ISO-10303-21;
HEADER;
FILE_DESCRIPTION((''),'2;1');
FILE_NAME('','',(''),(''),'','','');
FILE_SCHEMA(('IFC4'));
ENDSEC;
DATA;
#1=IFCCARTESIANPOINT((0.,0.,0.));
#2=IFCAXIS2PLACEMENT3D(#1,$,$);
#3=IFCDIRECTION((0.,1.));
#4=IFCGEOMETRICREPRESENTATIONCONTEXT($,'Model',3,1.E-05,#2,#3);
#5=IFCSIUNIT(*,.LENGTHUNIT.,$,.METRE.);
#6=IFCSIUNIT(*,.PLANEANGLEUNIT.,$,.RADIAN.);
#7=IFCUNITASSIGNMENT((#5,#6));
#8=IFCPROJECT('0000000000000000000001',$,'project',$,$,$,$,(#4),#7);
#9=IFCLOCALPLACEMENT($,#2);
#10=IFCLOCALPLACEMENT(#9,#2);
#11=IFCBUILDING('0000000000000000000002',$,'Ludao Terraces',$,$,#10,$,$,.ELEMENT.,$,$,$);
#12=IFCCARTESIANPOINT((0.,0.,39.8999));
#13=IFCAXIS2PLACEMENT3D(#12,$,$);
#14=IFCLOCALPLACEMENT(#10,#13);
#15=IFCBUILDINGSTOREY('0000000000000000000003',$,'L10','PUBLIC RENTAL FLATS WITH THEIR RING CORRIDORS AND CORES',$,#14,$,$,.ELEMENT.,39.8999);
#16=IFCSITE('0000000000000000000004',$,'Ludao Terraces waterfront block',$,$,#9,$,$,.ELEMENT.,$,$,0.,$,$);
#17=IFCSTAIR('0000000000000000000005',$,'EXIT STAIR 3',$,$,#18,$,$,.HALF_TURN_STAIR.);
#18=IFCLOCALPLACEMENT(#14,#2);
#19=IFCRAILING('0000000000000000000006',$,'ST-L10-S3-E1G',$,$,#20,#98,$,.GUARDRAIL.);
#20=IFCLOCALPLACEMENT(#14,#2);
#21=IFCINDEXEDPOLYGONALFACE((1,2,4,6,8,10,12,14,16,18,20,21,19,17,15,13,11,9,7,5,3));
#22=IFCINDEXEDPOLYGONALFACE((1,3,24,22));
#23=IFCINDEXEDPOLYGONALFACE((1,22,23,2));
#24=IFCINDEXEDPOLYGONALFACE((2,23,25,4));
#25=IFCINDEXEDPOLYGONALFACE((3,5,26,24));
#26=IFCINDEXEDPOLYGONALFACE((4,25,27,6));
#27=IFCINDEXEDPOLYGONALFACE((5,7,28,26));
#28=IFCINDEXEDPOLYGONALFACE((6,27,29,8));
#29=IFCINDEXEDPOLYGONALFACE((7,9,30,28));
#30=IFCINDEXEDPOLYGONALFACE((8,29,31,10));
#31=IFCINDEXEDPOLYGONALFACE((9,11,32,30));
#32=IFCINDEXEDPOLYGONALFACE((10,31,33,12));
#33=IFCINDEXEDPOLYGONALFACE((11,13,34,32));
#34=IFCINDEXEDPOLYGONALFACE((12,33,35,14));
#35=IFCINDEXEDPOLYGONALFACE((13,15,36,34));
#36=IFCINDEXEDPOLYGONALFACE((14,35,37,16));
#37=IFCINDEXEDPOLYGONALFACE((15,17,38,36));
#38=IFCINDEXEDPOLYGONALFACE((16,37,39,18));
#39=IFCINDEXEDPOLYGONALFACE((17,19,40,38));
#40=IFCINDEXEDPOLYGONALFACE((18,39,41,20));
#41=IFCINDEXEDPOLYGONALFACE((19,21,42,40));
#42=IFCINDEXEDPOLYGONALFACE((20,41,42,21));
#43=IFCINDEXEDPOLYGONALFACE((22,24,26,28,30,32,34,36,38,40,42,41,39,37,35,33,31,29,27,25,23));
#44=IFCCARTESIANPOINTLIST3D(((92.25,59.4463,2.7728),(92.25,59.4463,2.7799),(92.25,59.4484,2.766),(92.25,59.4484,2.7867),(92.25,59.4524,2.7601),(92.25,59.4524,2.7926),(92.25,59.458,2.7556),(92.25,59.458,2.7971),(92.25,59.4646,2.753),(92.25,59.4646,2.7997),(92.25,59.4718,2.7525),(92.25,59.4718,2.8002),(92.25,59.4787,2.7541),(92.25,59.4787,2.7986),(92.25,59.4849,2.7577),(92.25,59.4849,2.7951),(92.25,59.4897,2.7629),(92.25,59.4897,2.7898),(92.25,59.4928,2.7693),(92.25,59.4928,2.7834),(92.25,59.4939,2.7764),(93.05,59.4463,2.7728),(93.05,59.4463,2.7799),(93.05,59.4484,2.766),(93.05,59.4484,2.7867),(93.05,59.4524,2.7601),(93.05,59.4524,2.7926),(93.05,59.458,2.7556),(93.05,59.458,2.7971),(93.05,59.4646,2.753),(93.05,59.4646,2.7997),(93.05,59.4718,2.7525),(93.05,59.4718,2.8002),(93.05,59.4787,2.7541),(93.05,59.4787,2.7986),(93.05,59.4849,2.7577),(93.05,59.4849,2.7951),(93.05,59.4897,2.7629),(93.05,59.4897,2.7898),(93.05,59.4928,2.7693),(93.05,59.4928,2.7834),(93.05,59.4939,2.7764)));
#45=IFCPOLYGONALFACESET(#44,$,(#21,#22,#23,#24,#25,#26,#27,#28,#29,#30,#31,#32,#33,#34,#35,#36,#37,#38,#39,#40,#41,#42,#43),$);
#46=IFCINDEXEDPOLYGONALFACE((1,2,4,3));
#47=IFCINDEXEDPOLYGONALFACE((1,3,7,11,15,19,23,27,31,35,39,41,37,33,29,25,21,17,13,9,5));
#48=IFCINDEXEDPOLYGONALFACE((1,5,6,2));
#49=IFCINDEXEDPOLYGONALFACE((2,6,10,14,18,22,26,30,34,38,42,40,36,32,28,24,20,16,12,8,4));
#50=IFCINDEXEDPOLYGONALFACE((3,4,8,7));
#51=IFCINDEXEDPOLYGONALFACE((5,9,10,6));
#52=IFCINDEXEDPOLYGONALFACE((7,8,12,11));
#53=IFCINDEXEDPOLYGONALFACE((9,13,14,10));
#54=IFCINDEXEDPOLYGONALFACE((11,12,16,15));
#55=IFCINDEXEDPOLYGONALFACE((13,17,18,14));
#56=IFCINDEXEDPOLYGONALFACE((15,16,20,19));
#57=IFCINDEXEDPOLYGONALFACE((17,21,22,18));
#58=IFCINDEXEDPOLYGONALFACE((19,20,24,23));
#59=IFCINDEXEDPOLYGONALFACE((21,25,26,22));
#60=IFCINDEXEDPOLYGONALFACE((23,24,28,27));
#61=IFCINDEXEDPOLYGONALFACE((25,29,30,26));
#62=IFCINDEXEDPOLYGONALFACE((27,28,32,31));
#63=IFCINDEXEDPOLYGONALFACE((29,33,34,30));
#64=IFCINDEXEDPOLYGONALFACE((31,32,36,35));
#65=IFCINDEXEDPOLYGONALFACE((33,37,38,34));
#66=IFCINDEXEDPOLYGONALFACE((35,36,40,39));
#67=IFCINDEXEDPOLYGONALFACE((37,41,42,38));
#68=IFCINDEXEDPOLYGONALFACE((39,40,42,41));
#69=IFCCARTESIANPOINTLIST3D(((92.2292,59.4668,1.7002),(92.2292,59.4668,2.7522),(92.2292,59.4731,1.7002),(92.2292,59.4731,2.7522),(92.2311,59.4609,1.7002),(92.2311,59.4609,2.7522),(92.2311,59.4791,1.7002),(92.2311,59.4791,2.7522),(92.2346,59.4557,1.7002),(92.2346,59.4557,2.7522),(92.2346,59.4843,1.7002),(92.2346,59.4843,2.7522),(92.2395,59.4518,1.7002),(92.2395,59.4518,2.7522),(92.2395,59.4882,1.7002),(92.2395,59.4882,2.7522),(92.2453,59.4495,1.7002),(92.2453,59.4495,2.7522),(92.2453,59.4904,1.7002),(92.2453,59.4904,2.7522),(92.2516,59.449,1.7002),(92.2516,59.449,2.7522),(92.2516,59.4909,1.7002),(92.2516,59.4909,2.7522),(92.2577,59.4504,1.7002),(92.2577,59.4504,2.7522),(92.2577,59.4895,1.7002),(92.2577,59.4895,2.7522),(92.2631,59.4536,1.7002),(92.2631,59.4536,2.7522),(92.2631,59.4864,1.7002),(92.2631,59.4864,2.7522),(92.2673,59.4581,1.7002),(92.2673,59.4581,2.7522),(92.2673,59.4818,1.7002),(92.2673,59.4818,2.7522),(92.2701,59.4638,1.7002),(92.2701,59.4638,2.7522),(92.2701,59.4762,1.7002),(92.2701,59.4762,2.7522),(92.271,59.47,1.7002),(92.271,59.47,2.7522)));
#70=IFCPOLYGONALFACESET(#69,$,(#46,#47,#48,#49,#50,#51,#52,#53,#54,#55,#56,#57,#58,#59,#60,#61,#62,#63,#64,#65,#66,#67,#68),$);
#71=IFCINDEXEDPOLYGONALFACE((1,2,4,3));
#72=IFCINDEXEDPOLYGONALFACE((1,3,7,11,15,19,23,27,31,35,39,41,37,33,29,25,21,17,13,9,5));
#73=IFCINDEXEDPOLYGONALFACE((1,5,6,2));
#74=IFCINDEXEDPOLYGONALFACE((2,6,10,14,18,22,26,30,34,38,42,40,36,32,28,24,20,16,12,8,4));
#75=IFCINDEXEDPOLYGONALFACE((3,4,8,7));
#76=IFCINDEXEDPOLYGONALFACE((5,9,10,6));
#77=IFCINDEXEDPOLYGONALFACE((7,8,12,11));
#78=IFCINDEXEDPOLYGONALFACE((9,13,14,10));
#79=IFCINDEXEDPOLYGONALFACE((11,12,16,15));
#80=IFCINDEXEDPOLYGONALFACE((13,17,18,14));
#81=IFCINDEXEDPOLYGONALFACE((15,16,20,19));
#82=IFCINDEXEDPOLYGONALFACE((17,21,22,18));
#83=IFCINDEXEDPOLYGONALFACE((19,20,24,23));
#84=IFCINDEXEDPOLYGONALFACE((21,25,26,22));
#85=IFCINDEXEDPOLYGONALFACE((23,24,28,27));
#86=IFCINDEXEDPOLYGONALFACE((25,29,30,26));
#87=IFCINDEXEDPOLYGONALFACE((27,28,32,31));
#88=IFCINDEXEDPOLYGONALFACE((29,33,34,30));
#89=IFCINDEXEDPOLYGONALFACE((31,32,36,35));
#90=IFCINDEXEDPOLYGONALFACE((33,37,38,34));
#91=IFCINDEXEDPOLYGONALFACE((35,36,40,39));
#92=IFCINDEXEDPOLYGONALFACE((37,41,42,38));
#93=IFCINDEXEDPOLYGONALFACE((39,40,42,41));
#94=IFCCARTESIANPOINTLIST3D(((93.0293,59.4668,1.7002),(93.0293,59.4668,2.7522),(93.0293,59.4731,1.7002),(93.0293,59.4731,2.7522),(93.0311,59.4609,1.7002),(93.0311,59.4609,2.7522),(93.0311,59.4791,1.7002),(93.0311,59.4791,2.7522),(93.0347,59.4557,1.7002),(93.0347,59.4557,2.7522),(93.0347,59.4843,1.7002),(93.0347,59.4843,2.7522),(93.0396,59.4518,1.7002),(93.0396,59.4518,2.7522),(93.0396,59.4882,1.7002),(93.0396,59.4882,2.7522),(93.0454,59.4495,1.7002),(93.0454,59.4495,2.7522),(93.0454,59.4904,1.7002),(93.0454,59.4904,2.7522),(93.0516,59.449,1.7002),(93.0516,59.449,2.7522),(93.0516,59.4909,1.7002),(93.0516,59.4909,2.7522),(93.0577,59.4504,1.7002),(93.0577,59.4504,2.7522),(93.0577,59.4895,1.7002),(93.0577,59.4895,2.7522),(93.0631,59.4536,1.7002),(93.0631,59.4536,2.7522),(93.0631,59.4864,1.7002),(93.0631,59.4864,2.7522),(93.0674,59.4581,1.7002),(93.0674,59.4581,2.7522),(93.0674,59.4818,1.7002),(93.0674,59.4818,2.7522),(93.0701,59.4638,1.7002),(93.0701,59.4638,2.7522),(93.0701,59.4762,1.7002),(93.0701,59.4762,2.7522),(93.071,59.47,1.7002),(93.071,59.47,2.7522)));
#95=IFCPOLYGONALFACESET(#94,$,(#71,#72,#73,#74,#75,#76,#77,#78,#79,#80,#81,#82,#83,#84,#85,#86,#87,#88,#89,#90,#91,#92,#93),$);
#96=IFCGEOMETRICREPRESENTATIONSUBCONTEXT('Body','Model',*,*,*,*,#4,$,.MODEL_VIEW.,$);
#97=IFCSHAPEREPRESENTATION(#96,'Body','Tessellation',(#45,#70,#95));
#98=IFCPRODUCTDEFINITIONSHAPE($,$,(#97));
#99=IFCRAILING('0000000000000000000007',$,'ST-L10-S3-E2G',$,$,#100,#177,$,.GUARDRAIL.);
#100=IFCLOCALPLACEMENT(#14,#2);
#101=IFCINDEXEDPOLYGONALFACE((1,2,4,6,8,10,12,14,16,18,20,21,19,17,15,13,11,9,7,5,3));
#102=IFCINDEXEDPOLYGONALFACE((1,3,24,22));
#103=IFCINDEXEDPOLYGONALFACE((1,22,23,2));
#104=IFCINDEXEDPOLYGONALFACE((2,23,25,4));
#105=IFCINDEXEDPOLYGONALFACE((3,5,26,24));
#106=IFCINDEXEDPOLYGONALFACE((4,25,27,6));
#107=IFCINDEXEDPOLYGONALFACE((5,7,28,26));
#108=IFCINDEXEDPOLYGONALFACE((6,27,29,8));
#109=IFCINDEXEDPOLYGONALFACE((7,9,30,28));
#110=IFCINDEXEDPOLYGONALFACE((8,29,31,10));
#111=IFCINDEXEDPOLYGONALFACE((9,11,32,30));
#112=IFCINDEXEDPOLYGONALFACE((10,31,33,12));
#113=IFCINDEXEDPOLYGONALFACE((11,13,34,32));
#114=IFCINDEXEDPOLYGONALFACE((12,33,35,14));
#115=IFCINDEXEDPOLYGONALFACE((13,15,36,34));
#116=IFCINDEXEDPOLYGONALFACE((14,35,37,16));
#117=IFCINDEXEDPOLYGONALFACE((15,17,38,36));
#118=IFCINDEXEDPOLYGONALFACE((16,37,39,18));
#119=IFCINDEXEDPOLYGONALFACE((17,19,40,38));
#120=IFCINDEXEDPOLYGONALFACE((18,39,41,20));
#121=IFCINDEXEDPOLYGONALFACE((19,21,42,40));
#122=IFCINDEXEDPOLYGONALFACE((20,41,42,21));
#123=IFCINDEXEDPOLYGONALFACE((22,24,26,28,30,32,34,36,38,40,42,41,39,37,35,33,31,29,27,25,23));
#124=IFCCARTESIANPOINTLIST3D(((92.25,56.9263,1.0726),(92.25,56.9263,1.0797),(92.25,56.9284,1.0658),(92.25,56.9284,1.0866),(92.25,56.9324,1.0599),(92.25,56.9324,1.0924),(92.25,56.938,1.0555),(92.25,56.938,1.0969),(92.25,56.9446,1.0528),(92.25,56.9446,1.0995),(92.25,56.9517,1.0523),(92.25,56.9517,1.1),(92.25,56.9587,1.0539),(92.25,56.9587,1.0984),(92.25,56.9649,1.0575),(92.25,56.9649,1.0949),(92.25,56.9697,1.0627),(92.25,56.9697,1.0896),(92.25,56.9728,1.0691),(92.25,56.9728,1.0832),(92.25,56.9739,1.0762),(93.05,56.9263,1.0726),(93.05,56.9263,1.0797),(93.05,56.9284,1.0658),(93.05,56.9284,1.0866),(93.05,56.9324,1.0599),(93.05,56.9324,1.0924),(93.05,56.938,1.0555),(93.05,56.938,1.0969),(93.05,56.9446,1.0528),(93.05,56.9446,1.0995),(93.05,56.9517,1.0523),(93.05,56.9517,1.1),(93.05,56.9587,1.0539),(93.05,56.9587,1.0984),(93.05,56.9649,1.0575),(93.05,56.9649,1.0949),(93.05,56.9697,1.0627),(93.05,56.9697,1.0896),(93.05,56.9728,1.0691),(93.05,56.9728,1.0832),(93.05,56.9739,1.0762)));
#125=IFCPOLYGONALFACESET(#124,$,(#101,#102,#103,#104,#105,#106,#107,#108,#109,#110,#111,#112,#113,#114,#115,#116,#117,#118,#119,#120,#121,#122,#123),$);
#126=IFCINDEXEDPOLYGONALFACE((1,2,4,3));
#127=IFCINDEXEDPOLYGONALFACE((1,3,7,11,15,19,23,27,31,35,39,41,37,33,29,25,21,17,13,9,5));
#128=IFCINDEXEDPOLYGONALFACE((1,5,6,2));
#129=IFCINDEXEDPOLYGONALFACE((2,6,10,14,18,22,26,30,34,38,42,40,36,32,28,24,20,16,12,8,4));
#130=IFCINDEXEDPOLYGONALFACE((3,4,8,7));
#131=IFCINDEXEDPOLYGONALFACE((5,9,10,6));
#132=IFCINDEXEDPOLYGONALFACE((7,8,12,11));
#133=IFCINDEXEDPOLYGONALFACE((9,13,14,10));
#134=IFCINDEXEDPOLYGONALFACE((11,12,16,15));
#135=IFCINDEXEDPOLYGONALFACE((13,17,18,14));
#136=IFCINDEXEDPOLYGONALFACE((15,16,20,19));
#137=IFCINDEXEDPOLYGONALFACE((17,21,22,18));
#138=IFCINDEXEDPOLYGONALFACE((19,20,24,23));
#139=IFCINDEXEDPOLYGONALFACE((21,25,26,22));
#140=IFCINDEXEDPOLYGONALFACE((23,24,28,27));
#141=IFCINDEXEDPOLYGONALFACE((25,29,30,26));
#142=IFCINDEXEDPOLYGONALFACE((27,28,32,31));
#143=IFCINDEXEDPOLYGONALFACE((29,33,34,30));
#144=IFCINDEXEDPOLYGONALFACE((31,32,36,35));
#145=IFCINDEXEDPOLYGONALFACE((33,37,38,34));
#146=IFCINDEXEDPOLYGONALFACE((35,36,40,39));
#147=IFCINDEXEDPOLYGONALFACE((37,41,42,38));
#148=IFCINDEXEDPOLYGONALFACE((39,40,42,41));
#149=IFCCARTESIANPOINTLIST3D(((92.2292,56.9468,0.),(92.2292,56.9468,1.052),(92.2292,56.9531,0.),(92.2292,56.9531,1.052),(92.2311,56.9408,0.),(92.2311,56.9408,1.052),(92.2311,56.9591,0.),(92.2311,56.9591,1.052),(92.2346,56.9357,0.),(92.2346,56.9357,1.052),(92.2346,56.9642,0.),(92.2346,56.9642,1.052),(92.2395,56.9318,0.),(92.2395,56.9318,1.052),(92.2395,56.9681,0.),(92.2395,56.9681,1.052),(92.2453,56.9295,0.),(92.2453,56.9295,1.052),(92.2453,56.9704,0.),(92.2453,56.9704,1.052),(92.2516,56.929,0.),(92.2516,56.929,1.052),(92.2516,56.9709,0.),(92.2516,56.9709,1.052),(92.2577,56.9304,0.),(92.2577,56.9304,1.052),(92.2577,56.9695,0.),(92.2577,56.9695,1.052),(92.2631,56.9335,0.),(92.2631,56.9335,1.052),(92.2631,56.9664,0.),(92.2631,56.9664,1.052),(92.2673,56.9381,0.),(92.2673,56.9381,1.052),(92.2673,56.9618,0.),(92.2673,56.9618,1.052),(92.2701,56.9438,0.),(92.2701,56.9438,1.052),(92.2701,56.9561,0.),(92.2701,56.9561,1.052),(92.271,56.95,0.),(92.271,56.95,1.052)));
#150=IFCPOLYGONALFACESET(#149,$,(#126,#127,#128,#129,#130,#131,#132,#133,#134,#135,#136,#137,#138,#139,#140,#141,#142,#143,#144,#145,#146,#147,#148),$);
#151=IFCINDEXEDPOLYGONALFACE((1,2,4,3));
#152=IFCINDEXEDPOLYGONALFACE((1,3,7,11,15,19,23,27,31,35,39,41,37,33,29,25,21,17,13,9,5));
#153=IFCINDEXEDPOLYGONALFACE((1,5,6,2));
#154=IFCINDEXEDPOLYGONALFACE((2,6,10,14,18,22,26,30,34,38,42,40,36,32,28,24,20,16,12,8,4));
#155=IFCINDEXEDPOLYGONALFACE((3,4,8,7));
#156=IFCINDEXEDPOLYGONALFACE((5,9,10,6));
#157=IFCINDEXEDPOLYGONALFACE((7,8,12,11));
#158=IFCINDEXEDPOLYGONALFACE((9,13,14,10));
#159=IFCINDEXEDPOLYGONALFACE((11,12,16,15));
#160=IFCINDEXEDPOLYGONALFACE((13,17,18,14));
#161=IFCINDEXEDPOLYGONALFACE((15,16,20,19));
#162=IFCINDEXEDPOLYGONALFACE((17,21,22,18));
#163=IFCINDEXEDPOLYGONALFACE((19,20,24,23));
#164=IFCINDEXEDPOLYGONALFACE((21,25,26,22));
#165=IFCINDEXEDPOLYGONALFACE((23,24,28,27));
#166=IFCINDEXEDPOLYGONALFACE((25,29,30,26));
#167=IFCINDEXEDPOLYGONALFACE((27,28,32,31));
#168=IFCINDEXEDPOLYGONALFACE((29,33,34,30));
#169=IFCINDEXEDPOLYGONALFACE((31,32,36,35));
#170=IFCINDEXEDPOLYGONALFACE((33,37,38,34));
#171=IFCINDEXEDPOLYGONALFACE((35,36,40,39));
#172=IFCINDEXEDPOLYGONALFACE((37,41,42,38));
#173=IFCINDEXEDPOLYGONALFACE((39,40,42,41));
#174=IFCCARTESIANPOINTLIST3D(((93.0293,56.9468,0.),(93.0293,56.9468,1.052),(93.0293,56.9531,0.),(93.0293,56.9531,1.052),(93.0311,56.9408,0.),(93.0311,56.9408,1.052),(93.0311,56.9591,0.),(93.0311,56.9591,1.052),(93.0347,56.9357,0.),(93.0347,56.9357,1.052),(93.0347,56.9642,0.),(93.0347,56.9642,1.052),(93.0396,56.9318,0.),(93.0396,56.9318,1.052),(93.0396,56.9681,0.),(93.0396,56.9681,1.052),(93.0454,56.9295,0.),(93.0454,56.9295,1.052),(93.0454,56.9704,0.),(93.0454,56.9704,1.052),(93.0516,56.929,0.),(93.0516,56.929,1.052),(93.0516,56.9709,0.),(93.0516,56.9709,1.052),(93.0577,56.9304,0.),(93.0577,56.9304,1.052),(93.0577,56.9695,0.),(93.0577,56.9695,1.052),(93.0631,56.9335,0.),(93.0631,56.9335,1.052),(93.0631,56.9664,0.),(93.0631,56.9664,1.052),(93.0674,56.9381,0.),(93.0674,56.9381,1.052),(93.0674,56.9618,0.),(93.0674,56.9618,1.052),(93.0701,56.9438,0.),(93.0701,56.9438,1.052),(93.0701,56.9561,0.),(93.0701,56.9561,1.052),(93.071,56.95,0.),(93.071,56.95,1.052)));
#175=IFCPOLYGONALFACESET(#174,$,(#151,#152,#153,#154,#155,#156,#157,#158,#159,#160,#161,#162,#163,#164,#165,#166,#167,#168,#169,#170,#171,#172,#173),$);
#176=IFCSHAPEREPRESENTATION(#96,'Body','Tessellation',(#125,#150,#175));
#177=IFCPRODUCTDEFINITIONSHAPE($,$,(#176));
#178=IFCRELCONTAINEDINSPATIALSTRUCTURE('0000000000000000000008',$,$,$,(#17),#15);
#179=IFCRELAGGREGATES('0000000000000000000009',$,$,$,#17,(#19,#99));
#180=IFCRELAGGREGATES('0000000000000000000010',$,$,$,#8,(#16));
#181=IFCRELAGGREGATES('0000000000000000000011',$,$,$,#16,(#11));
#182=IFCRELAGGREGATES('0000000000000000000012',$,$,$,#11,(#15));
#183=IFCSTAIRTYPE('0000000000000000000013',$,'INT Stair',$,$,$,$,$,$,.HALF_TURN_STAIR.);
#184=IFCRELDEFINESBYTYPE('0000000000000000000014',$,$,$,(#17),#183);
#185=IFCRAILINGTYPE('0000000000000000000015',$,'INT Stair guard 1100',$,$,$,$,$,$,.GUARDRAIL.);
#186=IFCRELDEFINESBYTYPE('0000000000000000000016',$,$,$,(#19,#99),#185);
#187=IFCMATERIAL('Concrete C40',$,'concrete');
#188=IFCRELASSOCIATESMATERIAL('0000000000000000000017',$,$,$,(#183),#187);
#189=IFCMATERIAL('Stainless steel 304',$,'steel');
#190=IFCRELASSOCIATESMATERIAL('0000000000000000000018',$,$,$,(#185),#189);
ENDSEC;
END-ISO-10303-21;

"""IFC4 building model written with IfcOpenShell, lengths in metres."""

from ifc_helpers import new_model, si_unit, direction, frame, origin, origin_2d, place, context, subcontext, project, spatial, circle, extrude, material, type_object, element, aggregate, save


model = new_model("IFC4")

# Units and contexts
model_context = context("Model", 3, precision=1e-05, world=origin(), true_north=direction((0.0, 1.0)))
body_context = subcontext(model_context, "Body", "Model", "MODEL_VIEW")
ifc_project = project(units=[si_unit("LENGTHUNIT", "METRE"), si_unit("PLANEANGLEUNIT", "RADIAN")], contexts=[model_context])

# Site, building, storey
site_placement = place(None, origin())
site = spatial("IfcSite", under=ifc_project, at=site_placement, Name="Ludao Terraces waterfront block", CompositionType="ELEMENT", RefElevation=0.0)
building_placement = place(site_placement, origin())
building = spatial("IfcBuilding", under=site, at=building_placement, Name="Ludao Terraces", CompositionType="ELEMENT")
storey_placement = place(building_placement, frame((0.0, 0.0, 39.8999)))
storey = spatial("IfcBuildingStorey", under=building, at=storey_placement, Name="L10", Description="PUBLIC RENTAL FLATS WITH THEIR RING CORRIDORS AND CORES", CompositionType="ELEMENT", Elevation=39.8999)

# Stair, railings
ifc_material_1 = material(Name="Concrete C40", Category="concrete")
stair_type = type_object("IfcStairType", Name="INT Stair", PredefinedType="HALF_TURN_STAIR", material=ifc_material_1)
stair_placement = place(storey_placement, origin())
stair = element("IfcStair", 1, at=stair_placement, inside=storey, type_object=stair_type, Name="EXIT STAIR 3", PredefinedType="HALF_TURN_STAIR")
ifc_material_2 = material(Name="Stainless steel 304", Category="steel")
railing_type_1 = type_object("IfcRailingType", Name="INT Stair guard 1100", PredefinedType="GUARDRAIL", material=ifc_material_2)
railing_1_placement = place(storey_placement, frame((92.25, 59.47, 1.7002)))
railing_1 = element("IfcRailing", 2, at=railing_1_placement, type_object=railing_type_1, Name="ST-L10-S3-E1G", PredefinedType="GUARDRAIL", context=body_context, shape_type="SweptSolid", body=[
    extrude(circle(Radius=0.0239, at=origin_2d()), frame((0.0, 0.0, 1.0762), z_axis=(1.0, 0.0, 0.0), x_axis=(0.0, 1.0, 0.0)), (0.0, 0.0, 1.0), 0.8),
    extrude(circle(Radius=0.021, at=origin_2d()), origin(), (0.0, 0.0, 1.0), 1.052),
    extrude(circle(Radius=0.021, at=origin_2d()), frame((0.8, 0.0, 0.0)), (0.0, 0.0, 1.0), 1.052),
])
railing_2_placement = place(storey_placement, frame((92.25, 56.95, 0.0)))
railing_2 = element("IfcRailing", 3, at=railing_2_placement, type_object=railing_type_1, Name="ST-L10-S3-E2G", PredefinedType="GUARDRAIL", context=body_context, shape_type="SweptSolid", body=[
    extrude(circle(Radius=0.0239, at=origin_2d()), frame((0.0, 0.0, 1.0762), z_axis=(1.0, 0.0, 0.0), x_axis=(0.0, 1.0, 0.0)), (0.0, 0.0, 1.0), 0.8),
    extrude(circle(Radius=0.021, at=origin_2d()), origin(), (0.0, 0.0, 1.0), 1.052),
    extrude(circle(Radius=0.021, at=origin_2d()), frame((0.8, 0.0, 0.0)), (0.0, 0.0, 1.0), 1.052),
])
aggregate(stair, [railing_1, railing_2])

save(model, "model.ifc")
